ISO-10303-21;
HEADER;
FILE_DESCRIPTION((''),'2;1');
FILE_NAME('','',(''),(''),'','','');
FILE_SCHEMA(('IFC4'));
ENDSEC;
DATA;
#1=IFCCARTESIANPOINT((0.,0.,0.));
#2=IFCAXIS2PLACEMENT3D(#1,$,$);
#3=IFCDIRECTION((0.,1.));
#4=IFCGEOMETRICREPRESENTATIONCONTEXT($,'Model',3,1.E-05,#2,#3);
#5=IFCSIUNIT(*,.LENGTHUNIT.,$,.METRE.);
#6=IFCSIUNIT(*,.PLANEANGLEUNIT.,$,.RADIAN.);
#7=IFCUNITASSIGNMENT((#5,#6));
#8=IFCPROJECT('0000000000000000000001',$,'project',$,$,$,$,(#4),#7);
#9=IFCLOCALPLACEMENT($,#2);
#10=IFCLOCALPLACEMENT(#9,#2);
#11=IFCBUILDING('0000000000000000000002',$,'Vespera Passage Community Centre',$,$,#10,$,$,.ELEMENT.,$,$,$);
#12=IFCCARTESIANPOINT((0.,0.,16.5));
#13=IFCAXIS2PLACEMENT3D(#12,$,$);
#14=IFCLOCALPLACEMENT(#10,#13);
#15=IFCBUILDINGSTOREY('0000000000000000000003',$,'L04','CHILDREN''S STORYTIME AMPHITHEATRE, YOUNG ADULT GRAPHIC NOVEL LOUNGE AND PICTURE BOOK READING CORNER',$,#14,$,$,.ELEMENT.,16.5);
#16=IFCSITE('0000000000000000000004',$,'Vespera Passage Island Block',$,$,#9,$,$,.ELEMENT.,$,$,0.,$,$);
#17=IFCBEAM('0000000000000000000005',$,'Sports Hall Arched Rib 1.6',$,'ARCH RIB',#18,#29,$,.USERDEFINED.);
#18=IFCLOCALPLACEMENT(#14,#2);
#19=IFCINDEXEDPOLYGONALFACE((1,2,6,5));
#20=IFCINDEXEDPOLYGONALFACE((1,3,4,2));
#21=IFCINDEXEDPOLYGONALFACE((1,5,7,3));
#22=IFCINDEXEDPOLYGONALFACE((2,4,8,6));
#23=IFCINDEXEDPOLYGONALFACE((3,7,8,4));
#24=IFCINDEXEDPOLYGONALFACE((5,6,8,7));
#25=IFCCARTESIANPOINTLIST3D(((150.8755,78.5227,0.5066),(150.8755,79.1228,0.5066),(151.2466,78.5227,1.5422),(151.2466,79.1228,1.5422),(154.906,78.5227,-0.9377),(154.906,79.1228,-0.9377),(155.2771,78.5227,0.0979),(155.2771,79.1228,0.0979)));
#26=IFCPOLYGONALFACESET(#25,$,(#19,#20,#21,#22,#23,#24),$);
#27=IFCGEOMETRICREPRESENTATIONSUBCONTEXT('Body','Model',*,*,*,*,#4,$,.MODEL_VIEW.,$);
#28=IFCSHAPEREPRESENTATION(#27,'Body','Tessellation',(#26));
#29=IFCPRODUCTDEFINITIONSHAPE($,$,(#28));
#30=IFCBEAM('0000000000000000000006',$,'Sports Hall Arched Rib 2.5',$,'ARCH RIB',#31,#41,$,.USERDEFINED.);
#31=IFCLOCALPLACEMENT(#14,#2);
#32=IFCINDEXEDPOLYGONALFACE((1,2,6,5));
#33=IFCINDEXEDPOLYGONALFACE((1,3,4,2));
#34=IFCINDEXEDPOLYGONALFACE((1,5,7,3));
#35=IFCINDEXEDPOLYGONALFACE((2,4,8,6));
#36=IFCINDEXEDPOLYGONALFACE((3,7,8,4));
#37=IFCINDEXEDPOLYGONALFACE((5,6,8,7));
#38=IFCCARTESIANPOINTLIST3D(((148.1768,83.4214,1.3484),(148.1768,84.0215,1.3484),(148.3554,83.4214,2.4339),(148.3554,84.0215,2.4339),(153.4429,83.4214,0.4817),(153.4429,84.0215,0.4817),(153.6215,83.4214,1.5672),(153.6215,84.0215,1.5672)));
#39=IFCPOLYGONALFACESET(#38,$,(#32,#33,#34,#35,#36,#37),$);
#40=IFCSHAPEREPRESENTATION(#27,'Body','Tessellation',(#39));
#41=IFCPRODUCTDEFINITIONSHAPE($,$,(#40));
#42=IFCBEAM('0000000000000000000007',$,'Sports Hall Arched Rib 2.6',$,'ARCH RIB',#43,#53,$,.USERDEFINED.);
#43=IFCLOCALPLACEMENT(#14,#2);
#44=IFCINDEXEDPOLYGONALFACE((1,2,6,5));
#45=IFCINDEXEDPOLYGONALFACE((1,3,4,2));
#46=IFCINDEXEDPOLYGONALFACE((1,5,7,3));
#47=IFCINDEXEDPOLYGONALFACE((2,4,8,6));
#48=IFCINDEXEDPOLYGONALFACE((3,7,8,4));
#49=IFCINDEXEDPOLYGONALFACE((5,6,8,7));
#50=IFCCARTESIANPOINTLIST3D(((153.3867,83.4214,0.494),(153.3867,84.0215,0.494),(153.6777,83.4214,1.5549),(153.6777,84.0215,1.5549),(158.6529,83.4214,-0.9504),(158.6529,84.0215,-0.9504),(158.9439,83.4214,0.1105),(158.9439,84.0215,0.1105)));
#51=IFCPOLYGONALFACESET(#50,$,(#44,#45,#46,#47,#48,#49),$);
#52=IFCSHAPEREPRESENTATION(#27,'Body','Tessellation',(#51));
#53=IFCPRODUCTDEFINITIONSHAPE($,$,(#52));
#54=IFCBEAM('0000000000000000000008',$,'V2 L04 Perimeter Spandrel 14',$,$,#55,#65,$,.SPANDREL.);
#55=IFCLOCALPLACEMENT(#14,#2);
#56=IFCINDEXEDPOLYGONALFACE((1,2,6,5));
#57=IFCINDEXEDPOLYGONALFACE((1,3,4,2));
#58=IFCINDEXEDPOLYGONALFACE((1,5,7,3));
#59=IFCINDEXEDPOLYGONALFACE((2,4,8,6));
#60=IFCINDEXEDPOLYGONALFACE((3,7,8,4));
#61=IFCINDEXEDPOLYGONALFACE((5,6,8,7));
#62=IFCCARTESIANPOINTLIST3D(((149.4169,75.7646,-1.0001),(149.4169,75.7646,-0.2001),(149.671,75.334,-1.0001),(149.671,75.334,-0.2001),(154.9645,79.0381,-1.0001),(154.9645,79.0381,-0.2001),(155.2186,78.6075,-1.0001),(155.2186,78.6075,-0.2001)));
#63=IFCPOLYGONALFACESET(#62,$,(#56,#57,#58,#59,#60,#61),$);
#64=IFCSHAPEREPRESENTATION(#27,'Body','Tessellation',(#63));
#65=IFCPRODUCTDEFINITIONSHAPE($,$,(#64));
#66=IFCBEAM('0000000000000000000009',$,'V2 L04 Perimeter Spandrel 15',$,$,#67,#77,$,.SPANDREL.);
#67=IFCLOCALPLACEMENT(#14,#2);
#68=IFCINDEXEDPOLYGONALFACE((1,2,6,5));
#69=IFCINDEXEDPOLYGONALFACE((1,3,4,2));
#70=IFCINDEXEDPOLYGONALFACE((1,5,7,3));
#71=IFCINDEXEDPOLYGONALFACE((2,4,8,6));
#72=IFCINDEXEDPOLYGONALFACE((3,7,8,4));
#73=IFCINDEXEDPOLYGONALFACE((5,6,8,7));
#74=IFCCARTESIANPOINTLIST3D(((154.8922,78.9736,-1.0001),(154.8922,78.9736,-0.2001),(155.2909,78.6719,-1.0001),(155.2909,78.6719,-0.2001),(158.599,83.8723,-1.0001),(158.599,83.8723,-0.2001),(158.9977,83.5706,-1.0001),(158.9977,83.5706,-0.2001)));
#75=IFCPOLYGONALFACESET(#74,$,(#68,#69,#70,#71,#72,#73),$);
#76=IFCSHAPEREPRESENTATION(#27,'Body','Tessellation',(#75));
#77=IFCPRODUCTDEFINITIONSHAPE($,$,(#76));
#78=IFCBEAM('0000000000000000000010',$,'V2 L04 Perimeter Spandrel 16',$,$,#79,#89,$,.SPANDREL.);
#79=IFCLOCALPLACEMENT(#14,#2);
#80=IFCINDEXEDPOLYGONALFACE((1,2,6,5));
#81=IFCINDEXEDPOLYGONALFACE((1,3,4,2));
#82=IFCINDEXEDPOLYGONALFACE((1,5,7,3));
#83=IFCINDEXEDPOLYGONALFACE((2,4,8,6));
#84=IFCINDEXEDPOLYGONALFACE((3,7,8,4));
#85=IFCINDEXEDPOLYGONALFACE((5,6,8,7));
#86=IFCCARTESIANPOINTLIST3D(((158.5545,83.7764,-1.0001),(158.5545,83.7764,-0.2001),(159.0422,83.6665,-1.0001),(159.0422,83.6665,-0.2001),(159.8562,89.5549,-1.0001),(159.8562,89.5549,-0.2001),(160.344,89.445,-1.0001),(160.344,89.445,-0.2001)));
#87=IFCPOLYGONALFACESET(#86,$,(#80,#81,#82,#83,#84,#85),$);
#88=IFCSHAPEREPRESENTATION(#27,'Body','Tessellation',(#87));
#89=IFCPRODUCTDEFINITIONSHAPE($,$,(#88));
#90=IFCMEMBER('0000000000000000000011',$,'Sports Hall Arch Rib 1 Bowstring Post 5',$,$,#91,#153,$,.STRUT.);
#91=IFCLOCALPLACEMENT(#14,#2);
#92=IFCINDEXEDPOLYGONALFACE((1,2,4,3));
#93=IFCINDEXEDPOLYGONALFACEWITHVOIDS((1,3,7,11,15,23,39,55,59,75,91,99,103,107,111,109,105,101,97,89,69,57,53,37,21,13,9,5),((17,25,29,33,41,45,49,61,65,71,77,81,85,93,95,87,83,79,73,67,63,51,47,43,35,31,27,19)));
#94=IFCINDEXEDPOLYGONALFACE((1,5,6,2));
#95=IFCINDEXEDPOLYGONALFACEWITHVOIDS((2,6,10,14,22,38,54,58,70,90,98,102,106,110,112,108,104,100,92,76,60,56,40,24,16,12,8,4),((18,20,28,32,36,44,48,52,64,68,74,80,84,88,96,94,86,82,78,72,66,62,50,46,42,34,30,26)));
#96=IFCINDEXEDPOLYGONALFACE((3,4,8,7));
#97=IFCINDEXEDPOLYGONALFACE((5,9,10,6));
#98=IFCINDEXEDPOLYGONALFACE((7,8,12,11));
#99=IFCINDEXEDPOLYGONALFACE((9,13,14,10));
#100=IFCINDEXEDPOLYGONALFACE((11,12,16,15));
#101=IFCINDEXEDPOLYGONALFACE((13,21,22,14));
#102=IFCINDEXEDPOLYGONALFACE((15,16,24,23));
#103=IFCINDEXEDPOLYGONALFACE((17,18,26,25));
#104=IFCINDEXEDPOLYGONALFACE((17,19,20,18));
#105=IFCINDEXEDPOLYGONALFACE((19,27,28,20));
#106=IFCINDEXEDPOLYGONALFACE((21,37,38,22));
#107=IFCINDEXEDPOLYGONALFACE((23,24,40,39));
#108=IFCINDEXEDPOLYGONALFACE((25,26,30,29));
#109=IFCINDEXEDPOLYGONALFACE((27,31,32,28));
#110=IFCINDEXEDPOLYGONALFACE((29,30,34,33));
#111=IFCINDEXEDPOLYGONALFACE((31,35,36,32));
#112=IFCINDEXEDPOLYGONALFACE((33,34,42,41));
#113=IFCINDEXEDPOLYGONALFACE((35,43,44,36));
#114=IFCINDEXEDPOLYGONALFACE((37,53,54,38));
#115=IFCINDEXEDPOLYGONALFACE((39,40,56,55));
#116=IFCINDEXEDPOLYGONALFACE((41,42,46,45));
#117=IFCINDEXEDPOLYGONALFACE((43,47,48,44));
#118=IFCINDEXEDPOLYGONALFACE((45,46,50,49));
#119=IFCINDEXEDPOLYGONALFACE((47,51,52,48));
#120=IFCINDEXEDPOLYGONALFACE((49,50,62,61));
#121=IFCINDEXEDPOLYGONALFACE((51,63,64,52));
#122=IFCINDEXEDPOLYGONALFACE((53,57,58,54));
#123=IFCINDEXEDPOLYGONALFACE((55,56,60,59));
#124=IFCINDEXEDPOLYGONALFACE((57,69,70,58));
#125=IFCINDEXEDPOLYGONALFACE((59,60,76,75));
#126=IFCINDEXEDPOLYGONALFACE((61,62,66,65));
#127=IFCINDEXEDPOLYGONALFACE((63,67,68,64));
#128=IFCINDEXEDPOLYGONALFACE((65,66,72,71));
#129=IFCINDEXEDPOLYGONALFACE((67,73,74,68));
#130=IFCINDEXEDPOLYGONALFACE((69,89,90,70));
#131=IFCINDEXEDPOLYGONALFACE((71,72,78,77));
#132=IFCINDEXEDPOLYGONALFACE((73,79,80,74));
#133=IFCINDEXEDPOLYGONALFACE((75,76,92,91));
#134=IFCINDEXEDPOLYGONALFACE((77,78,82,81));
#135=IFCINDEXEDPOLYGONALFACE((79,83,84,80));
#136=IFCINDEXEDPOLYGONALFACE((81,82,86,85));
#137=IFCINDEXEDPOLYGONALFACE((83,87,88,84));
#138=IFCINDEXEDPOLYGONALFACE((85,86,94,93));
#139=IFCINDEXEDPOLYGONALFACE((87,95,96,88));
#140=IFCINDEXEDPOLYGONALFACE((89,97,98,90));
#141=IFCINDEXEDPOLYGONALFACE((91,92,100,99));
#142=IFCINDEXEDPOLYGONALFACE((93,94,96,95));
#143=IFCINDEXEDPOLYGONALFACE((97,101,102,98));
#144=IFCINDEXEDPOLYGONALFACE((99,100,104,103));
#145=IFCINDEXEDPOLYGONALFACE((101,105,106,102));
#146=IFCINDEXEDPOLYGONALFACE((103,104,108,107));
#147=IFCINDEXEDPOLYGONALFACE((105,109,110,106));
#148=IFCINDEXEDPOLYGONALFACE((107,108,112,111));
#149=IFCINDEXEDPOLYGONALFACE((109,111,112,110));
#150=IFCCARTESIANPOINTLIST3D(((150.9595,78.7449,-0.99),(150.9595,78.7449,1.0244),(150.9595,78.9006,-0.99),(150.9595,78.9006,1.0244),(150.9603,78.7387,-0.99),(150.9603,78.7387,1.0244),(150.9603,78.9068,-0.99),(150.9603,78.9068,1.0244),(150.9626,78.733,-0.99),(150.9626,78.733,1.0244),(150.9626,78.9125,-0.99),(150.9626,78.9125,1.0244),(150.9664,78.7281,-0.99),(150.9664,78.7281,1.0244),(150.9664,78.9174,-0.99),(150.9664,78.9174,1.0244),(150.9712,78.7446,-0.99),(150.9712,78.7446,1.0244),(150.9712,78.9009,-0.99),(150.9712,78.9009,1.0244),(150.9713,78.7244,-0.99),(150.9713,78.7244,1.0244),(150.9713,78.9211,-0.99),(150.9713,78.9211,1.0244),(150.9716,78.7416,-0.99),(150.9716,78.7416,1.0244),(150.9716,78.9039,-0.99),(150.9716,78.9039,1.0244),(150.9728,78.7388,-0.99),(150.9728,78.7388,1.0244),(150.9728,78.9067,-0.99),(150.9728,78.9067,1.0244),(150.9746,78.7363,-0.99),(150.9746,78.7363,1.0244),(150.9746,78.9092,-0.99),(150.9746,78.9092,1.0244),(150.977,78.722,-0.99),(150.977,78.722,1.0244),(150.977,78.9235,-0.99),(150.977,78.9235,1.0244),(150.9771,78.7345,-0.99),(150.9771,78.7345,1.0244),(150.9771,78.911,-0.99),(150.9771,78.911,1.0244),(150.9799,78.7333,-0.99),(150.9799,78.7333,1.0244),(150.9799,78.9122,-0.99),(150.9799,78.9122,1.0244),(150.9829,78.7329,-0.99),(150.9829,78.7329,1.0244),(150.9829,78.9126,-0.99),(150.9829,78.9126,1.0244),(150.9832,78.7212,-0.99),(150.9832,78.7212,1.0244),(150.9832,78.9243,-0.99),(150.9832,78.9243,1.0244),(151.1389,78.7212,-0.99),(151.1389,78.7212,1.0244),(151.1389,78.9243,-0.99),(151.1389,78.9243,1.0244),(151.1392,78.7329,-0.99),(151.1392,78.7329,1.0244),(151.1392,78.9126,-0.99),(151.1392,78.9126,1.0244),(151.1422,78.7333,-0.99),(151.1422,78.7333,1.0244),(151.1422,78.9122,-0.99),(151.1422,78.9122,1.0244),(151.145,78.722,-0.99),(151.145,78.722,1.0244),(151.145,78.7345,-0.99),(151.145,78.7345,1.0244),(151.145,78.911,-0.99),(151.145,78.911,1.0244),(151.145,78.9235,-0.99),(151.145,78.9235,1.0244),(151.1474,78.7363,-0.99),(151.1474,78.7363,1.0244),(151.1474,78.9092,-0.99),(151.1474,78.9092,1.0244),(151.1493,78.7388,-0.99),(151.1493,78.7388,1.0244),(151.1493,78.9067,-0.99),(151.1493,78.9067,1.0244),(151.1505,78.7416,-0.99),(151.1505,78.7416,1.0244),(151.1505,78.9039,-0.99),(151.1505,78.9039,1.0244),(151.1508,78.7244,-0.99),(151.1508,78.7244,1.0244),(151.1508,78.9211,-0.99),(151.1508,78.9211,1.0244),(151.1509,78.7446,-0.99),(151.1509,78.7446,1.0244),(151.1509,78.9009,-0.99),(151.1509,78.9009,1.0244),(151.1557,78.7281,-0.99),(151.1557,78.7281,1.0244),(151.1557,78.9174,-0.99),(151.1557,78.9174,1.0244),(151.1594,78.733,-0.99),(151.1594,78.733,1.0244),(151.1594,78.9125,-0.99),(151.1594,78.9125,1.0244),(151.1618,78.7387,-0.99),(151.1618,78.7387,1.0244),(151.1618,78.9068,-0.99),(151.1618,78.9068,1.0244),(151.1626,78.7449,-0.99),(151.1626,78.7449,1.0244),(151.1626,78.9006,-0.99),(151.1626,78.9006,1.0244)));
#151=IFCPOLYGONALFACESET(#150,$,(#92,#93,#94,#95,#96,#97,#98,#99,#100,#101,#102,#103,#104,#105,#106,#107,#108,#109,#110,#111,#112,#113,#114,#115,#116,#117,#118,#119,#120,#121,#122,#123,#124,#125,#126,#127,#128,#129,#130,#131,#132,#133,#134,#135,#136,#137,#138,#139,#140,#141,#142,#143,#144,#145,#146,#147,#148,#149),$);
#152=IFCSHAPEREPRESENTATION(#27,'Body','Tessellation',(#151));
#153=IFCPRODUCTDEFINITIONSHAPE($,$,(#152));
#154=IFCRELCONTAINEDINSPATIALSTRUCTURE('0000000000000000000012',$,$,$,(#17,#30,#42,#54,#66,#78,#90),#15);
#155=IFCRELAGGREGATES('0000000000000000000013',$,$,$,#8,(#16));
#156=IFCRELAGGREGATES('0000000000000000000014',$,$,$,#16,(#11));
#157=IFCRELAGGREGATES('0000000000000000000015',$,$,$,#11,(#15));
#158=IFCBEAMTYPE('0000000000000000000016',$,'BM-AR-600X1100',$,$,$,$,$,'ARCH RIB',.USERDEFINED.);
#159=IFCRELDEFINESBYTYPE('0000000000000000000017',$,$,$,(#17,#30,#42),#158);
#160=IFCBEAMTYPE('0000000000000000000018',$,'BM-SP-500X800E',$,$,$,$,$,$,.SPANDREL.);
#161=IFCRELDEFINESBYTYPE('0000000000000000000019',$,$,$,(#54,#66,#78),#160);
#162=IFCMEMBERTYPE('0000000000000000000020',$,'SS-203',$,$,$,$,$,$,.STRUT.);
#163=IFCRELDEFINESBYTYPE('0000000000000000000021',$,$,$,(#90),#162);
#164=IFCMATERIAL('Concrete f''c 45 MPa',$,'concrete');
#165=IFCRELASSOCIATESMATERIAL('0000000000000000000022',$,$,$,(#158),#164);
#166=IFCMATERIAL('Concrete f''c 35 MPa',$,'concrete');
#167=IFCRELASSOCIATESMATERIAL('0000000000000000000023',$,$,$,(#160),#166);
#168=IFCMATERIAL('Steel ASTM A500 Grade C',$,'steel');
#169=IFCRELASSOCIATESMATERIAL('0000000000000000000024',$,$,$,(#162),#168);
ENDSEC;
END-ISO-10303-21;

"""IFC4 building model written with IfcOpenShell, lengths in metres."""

from ifc_helpers import new_model, si_unit, direction, frame, origin, origin_2d, place, context, subcontext, project, spatial, rectangle, hollow_rectangle, extrude, material, material_profile, profile_set, type_object, element, save


model = new_model("IFC4")

# Units and contexts
model_context = context("Model", 3, precision=1e-05, world=origin(), true_north=direction((0.0, 1.0)))
body_context = subcontext(model_context, "Body", "Model", "MODEL_VIEW")
ifc_project = project(units=[si_unit("LENGTHUNIT", "METRE"), si_unit("PLANEANGLEUNIT", "RADIAN")], contexts=[model_context])

# Site, building, storey
site_placement = place(None, origin())
site = spatial("IfcSite", under=ifc_project, at=site_placement, Name="Vespera Passage Island Block", CompositionType="ELEMENT", RefElevation=0.0)
building_placement = place(site_placement, origin())
building = spatial("IfcBuilding", under=site, at=building_placement, Name="Vespera Passage Community Centre", CompositionType="ELEMENT")
storey_placement = place(building_placement, frame((0.0, 0.0, 16.5)))
storey = spatial("IfcBuildingStorey", under=building, at=storey_placement, Name="L04", Description="CHILDREN'S STORYTIME AMPHITHEATRE, YOUNG ADULT GRAPHIC NOVEL LOUNGE AND PICTURE BOOK READING CORNER", CompositionType="ELEMENT", Elevation=16.5)

# Beams
ifc_material_1 = material(Name="Concrete f'c 45 MPa", Category="concrete")
ifc_material_profile_1 = material_profile(ifc_material_1, rectangle(XDim=0.6001, YDim=1.1001, at=origin_2d()), Name="RC600X1100")
ifc_profile_set_1 = profile_set([ifc_material_profile_1], Name="Concrete f'c 45 MPa")
beam_type_1 = type_object("IfcBeamType", Name="BM-AR-600X1100", ElementType="ARCH RIB", PredefinedType="USERDEFINED", material=ifc_profile_set_1)
beam_1_placement = place(storey_placement, frame((151.061, 78.8228, 1.0244), z_axis=(0.941381, 0.0, -0.337344), x_axis=(0.0, 1.0, 0.0)))
element("IfcBeam", 1, at=beam_1_placement, inside=storey, type_object=beam_type_1, Name="Sports Hall Arched Rib 1.6", ObjectType="ARCH RIB", PredefinedType="USERDEFINED", context=body_context, shape_type="SweptSolid", body=[
    extrude(rectangle(XDim=0.6001, YDim=1.1001, at=origin_2d()), origin(), (0.0, 0.0, 1.0), 4.2815),
])
beam_2_placement = place(storey_placement, frame((148.2661, 83.7214, 1.8911), z_axis=(0.986726, 0.0, -0.162396), x_axis=(0.0, 1.0, 0.0)))
element("IfcBeam", 2, at=beam_2_placement, inside=storey, type_object=beam_type_1, Name="Sports Hall Arched Rib 2.5", ObjectType="ARCH RIB", PredefinedType="USERDEFINED", context=body_context, shape_type="SweptSolid", body=[
    extrude(rectangle(XDim=0.6001, YDim=1.1001, at=origin_2d()), origin(), (0.0, 0.0, 1.0), 5.3369),
])
beam_3_placement = place(storey_placement, frame((153.5322, 83.7214, 1.0244), z_axis=(0.964385, 0.0, -0.264502), x_axis=(0.0, 1.0, 0.0)))
element("IfcBeam", 3, at=beam_3_placement, inside=storey, type_object=beam_type_1, Name="Sports Hall Arched Rib 2.6", ObjectType="ARCH RIB", PredefinedType="USERDEFINED", context=body_context, shape_type="SweptSolid", body=[
    extrude(rectangle(XDim=0.6001, YDim=1.1001, at=origin_2d()), origin(), (0.0, 0.0, 1.0), 5.4607),
])
ifc_material_2 = material(Name="Concrete f'c 35 MPa", Category="concrete")
ifc_material_profile_2 = material_profile(ifc_material_2, rectangle(XDim=0.5, YDim=0.8, at=origin_2d()), Name="RC500X800")
ifc_profile_set_2 = profile_set([ifc_material_profile_2], Name="Concrete f'c 35 MPa")
beam_type_2 = type_object("IfcBeamType", Name="BM-SP-500X800E", PredefinedType="SPANDREL", material=ifc_profile_set_2)
beam_4_placement = place(storey_placement, frame((149.5439, 75.5493, -0.6001), z_axis=(0.861246, 0.508189, 0.0), x_axis=(-0.508189, 0.861246, 0.0)))
element("IfcBeam", 4, at=beam_4_placement, inside=storey, type_object=beam_type_2, Name="V2 L04 Perimeter Spandrel 14", PredefinedType="SPANDREL", context=body_context, shape_type="SweptSolid", body=[
    extrude(rectangle(XDim=0.5, YDim=0.8, at=origin_2d()), origin(), (0.0, 0.0, 1.0), 6.4414),
])
beam_5_placement = place(storey_placement, frame((155.0916, 78.8228, -0.6001), z_axis=(0.603409, 0.797432, 0.0), x_axis=(-0.797432, 0.603409, 0.0)))
element("IfcBeam", 5, at=beam_5_placement, inside=storey, type_object=beam_type_2, Name="V2 L04 Perimeter Spandrel 15", PredefinedType="SPANDREL", context=body_context, shape_type="SweptSolid", body=[
    extrude(rectangle(XDim=0.5, YDim=0.8, at=origin_2d()), origin(), (0.0, 0.0, 1.0), 6.1431),
])
beam_6_placement = place(storey_placement, frame((158.7983, 83.7214, -0.6001), z_axis=(0.219766, 0.975553, 0.0), x_axis=(-0.975553, 0.219766, 0.0)))
element("IfcBeam", 6, at=beam_6_placement, inside=storey, type_object=beam_type_2, Name="V2 L04 Perimeter Spandrel 16", PredefinedType="SPANDREL", context=body_context, shape_type="SweptSolid", body=[
    extrude(rectangle(XDim=0.5, YDim=0.8, at=origin_2d()), origin(), (0.0, 0.0, 1.0), 5.9233),
])

# Member
ifc_material_3 = material(Name="Steel ASTM A500 Grade C", Category="steel")
ifc_material_profile_3 = material_profile(ifc_material_3, hollow_rectangle(XDim=0.2031, YDim=0.2031, WallThickness=0.0117, InnerFilletRadius=0.0117, OuterFilletRadius=0.0237, at=origin_2d()), Name="HSS203X203X12.7")
ifc_profile_set_3 = profile_set([ifc_material_profile_3], Name="Steel ASTM A500 Grade C")
member_type_1 = type_object("IfcMemberType", Name="SS-203", PredefinedType="STRUT", material=ifc_profile_set_3)
member_1_placement = place(storey_placement, frame((151.061, 78.8228, -0.99), z_axis=(0.0, 0.0, 1.0), x_axis=(1.0, 0.0, 0.0)))
element("IfcMember", 7, at=member_1_placement, inside=storey, type_object=member_type_1, Name="Sports Hall Arch Rib 1 Bowstring Post 5", PredefinedType="STRUT", context=body_context, shape_type="SweptSolid", body=[
    extrude(hollow_rectangle(XDim=0.2031, YDim=0.2031, WallThickness=0.0117, InnerFilletRadius=0.0117, OuterFilletRadius=0.0237, at=origin_2d()), origin(), (0.0, 0.0, 1.0), 2.0144),
])

save(model, "model.ifc")
